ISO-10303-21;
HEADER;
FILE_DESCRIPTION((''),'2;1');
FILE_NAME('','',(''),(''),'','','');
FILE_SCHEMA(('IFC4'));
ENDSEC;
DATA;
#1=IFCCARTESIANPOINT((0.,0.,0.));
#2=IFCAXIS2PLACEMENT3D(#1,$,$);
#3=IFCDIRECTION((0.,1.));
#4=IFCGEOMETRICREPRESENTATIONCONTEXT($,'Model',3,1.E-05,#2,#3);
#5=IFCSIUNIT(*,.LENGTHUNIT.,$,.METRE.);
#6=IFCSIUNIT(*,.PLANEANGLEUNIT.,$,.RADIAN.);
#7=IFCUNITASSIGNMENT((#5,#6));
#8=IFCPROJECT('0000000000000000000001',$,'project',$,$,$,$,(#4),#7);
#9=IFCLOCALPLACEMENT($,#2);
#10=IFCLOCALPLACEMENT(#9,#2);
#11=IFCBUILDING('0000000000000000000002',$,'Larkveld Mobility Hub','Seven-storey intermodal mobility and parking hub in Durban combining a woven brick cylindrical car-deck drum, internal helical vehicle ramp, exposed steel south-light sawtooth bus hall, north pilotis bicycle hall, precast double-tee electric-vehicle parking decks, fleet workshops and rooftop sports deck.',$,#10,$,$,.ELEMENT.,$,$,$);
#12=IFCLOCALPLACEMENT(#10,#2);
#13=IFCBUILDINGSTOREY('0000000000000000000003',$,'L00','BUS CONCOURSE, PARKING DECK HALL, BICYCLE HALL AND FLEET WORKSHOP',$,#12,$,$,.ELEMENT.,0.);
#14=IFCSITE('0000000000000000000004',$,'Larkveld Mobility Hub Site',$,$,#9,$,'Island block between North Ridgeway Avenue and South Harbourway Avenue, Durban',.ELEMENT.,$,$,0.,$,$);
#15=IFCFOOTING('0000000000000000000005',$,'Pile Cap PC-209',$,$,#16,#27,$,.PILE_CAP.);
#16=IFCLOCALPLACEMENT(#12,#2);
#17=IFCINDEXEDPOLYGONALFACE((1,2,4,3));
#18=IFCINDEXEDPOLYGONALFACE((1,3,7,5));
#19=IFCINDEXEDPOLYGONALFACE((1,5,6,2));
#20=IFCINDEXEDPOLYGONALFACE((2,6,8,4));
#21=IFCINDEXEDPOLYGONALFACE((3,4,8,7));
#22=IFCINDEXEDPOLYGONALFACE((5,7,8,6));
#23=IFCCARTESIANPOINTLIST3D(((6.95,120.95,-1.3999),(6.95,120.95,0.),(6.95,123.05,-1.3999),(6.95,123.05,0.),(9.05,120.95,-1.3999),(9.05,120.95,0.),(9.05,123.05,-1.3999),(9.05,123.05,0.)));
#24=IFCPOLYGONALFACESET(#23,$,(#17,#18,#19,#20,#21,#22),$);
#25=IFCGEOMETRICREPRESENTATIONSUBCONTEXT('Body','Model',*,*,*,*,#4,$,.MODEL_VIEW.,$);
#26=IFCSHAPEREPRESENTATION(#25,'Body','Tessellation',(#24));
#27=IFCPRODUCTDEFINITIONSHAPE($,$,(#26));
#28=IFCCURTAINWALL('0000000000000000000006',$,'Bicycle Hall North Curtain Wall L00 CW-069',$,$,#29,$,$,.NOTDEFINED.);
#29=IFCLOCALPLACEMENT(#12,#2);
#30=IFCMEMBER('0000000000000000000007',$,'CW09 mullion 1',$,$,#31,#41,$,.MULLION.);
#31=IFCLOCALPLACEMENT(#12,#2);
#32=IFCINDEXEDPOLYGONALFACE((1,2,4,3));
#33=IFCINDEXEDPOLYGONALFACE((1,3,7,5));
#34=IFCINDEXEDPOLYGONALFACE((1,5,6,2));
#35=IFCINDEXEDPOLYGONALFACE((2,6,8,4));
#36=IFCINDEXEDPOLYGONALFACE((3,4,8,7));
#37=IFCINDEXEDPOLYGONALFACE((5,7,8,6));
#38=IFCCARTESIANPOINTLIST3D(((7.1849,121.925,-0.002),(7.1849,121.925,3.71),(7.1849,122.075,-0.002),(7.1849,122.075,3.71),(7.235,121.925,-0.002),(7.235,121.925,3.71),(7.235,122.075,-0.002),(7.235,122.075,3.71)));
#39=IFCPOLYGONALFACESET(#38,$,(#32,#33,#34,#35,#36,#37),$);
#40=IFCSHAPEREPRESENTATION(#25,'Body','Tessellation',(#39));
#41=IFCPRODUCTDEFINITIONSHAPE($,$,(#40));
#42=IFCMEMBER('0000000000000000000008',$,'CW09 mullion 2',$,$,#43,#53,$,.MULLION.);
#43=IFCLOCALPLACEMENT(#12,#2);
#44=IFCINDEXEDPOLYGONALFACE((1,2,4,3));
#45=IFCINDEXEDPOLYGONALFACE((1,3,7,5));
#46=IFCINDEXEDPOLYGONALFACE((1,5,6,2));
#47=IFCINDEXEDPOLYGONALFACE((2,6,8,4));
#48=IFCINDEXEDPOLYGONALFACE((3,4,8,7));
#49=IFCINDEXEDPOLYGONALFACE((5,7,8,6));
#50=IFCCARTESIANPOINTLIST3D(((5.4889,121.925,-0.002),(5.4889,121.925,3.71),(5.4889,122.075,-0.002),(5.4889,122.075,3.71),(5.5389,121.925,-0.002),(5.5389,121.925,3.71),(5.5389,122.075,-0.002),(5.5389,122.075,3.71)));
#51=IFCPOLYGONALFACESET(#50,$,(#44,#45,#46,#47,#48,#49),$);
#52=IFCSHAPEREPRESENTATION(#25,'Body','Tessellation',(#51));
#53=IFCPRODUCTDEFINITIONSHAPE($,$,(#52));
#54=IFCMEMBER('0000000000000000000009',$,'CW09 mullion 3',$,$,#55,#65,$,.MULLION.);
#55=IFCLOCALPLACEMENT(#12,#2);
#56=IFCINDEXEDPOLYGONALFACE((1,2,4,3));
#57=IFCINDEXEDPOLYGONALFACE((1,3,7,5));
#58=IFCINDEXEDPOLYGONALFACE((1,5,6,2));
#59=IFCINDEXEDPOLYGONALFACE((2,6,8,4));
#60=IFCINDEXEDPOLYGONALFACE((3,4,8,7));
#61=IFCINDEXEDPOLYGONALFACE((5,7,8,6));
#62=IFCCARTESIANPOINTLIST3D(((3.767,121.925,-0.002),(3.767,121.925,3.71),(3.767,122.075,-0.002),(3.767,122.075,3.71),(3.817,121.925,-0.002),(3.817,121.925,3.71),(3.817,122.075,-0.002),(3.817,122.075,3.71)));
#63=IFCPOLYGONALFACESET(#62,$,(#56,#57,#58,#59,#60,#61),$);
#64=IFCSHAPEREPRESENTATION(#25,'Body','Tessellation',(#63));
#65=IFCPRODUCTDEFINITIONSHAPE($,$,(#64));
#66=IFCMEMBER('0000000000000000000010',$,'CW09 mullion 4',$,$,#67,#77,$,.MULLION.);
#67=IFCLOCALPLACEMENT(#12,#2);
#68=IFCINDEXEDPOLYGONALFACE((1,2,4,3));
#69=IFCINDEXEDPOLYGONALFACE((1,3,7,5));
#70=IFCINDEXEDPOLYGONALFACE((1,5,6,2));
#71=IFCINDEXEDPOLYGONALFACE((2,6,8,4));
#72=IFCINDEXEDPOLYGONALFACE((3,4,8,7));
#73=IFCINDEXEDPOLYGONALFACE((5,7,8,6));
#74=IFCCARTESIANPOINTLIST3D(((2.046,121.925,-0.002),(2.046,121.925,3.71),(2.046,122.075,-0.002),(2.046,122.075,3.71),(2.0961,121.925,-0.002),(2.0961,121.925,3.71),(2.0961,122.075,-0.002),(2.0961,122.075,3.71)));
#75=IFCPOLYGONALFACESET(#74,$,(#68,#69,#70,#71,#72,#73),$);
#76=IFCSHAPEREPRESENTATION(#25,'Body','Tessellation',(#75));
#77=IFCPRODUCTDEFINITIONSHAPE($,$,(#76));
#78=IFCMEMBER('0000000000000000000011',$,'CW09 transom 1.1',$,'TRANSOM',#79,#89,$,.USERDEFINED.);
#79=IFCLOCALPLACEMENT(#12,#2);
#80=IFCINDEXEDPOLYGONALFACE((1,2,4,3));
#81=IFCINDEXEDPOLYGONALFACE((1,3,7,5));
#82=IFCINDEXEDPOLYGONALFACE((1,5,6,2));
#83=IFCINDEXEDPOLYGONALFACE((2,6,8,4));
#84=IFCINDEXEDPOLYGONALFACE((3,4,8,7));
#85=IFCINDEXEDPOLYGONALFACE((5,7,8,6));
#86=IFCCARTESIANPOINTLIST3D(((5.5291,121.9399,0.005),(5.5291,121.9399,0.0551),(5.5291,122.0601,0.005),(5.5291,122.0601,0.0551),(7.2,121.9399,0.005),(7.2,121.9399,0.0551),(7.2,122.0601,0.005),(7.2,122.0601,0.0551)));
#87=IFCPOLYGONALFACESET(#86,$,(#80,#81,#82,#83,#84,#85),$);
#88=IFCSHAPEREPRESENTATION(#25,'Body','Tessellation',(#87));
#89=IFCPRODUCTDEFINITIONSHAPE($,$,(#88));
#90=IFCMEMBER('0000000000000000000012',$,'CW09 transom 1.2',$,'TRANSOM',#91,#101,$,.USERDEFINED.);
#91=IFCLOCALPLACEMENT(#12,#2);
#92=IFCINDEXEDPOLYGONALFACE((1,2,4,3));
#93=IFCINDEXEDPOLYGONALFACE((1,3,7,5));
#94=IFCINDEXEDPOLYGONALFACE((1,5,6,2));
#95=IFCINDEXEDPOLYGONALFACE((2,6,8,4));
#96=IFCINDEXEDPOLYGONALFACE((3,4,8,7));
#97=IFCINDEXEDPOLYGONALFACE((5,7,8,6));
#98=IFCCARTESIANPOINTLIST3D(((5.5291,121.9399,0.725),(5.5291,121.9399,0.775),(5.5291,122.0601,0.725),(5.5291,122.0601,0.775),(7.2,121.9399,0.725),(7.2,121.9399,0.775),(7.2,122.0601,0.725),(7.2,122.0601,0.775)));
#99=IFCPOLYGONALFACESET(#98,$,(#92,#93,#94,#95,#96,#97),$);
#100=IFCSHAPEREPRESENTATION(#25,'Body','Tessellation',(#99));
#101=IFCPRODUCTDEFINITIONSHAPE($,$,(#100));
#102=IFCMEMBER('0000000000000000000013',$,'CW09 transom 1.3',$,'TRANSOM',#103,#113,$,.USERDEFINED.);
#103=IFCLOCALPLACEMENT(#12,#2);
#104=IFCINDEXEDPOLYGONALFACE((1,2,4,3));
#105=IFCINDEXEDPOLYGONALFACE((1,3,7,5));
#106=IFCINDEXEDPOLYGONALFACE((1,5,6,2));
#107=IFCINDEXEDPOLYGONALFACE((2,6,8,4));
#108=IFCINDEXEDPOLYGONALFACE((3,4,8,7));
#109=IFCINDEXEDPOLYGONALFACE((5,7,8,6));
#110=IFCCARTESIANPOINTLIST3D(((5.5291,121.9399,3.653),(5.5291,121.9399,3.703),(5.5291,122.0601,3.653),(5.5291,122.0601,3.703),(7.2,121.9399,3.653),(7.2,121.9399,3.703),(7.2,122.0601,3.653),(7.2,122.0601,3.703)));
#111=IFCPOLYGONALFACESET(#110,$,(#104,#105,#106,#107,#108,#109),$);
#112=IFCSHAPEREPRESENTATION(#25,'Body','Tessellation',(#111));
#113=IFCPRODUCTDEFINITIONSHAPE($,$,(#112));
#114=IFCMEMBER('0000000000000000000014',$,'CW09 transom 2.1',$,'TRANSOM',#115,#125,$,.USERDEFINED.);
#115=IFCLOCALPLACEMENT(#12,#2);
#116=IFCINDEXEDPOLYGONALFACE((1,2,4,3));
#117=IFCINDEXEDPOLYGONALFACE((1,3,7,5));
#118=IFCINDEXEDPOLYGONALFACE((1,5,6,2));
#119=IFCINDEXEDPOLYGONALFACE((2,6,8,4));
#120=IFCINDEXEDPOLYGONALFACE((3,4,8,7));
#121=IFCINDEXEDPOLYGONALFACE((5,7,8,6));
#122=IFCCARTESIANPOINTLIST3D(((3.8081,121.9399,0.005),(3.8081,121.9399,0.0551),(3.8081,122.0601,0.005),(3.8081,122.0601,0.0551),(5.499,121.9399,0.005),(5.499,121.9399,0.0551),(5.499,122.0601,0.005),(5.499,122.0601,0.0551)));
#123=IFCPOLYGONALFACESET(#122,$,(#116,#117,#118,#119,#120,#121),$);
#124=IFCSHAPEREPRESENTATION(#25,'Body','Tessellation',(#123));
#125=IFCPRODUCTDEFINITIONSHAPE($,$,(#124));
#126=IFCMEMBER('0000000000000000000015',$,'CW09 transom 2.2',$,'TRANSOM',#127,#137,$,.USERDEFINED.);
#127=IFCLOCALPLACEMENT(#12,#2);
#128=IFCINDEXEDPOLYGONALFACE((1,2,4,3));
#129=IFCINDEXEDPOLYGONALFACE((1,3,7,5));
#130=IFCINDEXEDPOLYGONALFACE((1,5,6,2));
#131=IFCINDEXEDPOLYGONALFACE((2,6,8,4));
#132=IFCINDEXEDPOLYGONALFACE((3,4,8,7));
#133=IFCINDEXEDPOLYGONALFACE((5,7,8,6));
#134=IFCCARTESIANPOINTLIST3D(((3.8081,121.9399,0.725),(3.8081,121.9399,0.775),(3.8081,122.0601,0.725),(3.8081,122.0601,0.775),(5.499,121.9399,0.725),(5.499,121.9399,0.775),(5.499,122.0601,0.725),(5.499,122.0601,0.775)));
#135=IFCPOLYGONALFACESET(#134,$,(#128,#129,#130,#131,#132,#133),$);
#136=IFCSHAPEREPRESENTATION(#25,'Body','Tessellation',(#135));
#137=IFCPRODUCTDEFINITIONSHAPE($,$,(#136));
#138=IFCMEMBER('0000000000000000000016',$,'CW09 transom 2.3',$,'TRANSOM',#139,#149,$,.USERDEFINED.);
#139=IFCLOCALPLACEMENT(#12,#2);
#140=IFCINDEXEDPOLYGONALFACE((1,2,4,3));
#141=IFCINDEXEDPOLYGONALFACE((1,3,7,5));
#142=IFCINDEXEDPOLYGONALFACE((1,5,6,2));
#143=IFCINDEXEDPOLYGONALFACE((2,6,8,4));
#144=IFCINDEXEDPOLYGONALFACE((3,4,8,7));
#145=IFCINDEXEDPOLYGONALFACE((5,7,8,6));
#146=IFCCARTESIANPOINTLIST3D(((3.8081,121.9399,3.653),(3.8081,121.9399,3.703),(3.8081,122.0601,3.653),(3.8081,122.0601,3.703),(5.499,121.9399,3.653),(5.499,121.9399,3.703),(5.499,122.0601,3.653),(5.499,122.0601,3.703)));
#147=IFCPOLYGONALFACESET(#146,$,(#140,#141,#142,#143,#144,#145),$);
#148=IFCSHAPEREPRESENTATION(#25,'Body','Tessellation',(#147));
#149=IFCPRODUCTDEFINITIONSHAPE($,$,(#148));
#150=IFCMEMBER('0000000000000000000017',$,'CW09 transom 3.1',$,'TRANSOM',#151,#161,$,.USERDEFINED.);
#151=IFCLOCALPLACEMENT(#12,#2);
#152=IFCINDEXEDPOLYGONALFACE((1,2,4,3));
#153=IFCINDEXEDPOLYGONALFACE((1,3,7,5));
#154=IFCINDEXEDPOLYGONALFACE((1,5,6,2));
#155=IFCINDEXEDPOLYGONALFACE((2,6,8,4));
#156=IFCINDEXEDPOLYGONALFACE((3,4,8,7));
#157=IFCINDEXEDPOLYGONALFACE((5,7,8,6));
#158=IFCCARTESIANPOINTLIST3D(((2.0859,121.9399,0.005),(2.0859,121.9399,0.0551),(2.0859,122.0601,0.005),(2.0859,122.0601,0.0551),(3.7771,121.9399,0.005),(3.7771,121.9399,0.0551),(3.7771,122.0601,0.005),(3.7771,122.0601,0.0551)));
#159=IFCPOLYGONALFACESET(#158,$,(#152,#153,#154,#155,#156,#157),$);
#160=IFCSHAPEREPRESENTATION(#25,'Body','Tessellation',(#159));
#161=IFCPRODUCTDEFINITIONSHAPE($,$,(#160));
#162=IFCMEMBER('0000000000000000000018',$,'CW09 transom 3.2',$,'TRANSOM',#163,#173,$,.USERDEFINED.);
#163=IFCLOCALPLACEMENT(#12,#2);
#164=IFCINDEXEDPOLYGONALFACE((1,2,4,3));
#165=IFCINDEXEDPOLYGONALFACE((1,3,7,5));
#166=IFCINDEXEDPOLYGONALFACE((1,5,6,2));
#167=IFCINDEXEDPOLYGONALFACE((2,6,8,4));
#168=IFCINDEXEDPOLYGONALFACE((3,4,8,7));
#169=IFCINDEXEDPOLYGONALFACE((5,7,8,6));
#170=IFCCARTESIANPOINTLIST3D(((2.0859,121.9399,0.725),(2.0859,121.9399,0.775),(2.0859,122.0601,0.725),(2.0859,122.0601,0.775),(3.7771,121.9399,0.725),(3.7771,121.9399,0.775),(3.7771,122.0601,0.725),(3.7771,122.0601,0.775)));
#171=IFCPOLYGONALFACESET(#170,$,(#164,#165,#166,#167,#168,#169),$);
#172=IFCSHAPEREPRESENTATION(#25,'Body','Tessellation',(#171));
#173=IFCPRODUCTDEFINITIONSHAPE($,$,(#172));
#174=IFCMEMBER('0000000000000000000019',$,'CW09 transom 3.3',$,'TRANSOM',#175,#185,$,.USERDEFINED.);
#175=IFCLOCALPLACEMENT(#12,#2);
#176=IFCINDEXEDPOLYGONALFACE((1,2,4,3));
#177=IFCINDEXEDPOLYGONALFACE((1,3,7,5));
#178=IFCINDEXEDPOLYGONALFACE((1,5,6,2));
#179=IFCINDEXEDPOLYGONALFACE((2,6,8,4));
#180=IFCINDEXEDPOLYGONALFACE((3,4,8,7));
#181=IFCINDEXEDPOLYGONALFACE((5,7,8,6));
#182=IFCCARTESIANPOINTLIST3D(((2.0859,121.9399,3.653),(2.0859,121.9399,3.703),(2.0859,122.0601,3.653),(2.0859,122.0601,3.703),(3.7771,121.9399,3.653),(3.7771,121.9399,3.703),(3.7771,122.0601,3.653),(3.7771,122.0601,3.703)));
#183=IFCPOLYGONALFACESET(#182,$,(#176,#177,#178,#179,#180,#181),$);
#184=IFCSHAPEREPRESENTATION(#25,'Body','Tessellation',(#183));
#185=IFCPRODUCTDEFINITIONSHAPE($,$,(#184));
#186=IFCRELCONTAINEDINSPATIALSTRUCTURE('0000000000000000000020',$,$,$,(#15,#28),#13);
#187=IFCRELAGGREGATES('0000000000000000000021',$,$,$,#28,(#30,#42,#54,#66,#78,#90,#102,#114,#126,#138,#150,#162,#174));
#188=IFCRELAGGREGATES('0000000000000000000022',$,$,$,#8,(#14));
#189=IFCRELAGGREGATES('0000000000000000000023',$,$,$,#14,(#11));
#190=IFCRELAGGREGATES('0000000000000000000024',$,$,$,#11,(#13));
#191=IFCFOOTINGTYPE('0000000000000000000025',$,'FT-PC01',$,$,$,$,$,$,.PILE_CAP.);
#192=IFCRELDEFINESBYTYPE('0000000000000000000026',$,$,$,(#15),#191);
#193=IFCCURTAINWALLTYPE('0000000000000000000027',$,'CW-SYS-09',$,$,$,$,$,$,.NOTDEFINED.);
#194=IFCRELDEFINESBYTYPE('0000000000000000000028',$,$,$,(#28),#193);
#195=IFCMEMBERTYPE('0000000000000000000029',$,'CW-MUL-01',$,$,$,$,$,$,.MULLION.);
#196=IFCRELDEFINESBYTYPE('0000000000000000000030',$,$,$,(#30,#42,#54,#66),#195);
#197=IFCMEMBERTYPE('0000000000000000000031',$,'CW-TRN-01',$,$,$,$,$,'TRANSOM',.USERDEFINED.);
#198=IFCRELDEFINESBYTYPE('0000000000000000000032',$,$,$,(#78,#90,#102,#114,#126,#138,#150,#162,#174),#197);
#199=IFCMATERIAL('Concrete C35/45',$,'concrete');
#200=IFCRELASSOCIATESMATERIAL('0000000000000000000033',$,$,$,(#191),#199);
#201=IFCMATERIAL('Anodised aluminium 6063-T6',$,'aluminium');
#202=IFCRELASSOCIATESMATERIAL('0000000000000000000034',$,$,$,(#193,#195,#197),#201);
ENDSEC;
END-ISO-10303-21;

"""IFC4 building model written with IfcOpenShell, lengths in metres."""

from ifc_helpers import new_model, si_unit, direction, frame, origin, origin_2d, place, context, subcontext, project, spatial, rectangle, extrude, material, material_profile, profile_set, type_object, element, aggregate, save


model = new_model("IFC4")

# Units and contexts
model_context = context("Model", 3, precision=1e-05, world=origin(), true_north=direction((0.0, 1.0)))
body_context = subcontext(model_context, "Body", "Model", "MODEL_VIEW")
ifc_project = project(units=[si_unit("LENGTHUNIT", "METRE"), si_unit("PLANEANGLEUNIT", "RADIAN")], contexts=[model_context])

# Site, building, storey
site_placement = place(None, origin())
site = spatial("IfcSite", under=ifc_project, at=site_placement, Name="Larkveld Mobility Hub Site", LongName="Island block between North Ridgeway Avenue and South Harbourway Avenue, Durban", CompositionType="ELEMENT", RefElevation=0.0)
building_placement = place(site_placement, origin())
building = spatial("IfcBuilding", under=site, at=building_placement, Name="Larkveld Mobility Hub", Description="Seven-storey intermodal mobility and parking hub in Durban combining a woven brick cylindrical car-deck drum, internal helical vehicle ramp, exposed steel south-light sawtooth bus hall, north pilotis bicycle hall, precast double-tee electric-vehicle parking decks, fleet workshops and rooftop sports deck.", CompositionType="ELEMENT")
storey_placement = place(building_placement, origin())
storey = spatial("IfcBuildingStorey", under=building, at=storey_placement, Name="L00", Description="BUS CONCOURSE, PARKING DECK HALL, BICYCLE HALL AND FLEET WORKSHOP", CompositionType="ELEMENT", Elevation=0.0)

# Footing
ifc_material_1 = material(Name="Concrete C35/45", Category="concrete")
footing_type = type_object("IfcFootingType", Name="FT-PC01", PredefinedType="PILE_CAP", material=ifc_material_1)
footing_placement = place(storey_placement, frame((8.0, 122.0, -1.3999), z_axis=(0.0, 0.0, 1.0), x_axis=(1.0, 0.0, 0.0)))
element("IfcFooting", 1, at=footing_placement, inside=storey, type_object=footing_type, Name="Pile Cap PC-209", PredefinedType="PILE_CAP", context=body_context, shape_type="SweptSolid", body=[
    extrude(rectangle(XDim=2.1001, YDim=2.1001, at=origin_2d()), origin(), (0.0, 0.0, 1.0), 1.3999),
])

# Curtain wall, members
ifc_material_2 = material(Name="Anodised aluminium 6063-T6", Category="aluminium")
curtain_wall_type = type_object("IfcCurtainWallType", Name="CW-SYS-09", PredefinedType="NOTDEFINED", material=ifc_material_2)
curtain_wall_placement = place(storey_placement, origin())
curtain_wall = element("IfcCurtainWall", 2, at=curtain_wall_placement, inside=storey, type_object=curtain_wall_type, Name="Bicycle Hall North Curtain Wall L00 CW-069", PredefinedType="NOTDEFINED")
ifc_material_profile_1 = material_profile(ifc_material_2, rectangle(XDim=0.05, YDim=0.1499, at=origin_2d()), Name="ALU MULL 50x150")
ifc_profile_set_1 = profile_set([ifc_material_profile_1], Name="Anodised aluminium 6063-T6")
member_type_1 = type_object("IfcMemberType", Name="CW-MUL-01", PredefinedType="MULLION", material=ifc_profile_set_1)
member_1_placement = place(storey_placement, frame((7.21, 122.0, -0.002), z_axis=(0.0, 0.0, 1.0), x_axis=(-1.0, 0.0, 0.0)))
member_1 = element("IfcMember", 3, at=member_1_placement, type_object=member_type_1, Name="CW09 mullion 1", PredefinedType="MULLION", context=body_context, shape_type="SweptSolid", body=[
    extrude(rectangle(XDim=0.05, YDim=0.1499, at=origin_2d()), origin(), (0.0, 0.0, 1.0), 3.7119),
])
member_2_placement = place(storey_placement, frame((5.5139, 122.0, -0.002), z_axis=(0.0, 0.0, 1.0), x_axis=(-1.0, 0.0, 0.0)))
member_2 = element("IfcMember", 4, at=member_2_placement, type_object=member_type_1, Name="CW09 mullion 2", PredefinedType="MULLION", context=body_context, shape_type="SweptSolid", body=[
    extrude(rectangle(XDim=0.05, YDim=0.1499, at=origin_2d()), origin(), (0.0, 0.0, 1.0), 3.7119),
])
member_3_placement = place(storey_placement, frame((3.792, 122.0, -0.002), z_axis=(0.0, 0.0, 1.0), x_axis=(-1.0, 0.0, 0.0)))
member_3 = element("IfcMember", 5, at=member_3_placement, type_object=member_type_1, Name="CW09 mullion 3", PredefinedType="MULLION", context=body_context, shape_type="SweptSolid", body=[
    extrude(rectangle(XDim=0.05, YDim=0.1499, at=origin_2d()), origin(), (0.0, 0.0, 1.0), 3.7119),
])
member_4_placement = place(storey_placement, frame((2.071, 122.0, -0.002), z_axis=(0.0, 0.0, 1.0), x_axis=(-1.0, 0.0, 0.0)))
member_4 = element("IfcMember", 6, at=member_4_placement, type_object=member_type_1, Name="CW09 mullion 4", PredefinedType="MULLION", context=body_context, shape_type="SweptSolid", body=[
    extrude(rectangle(XDim=0.05, YDim=0.1499, at=origin_2d()), origin(), (0.0, 0.0, 1.0), 3.7119),
])
ifc_material_profile_2 = material_profile(ifc_material_2, rectangle(XDim=0.1201, YDim=0.05, at=origin_2d()), Name="ALU TRAN 50x120")
ifc_profile_set_2 = profile_set([ifc_material_profile_2], Name="Anodised aluminium 6063-T6")
member_type_2 = type_object("IfcMemberType", Name="CW-TRN-01", ElementType="TRANSOM", PredefinedType="USERDEFINED", material=ifc_profile_set_2)
member_5_placement = place(storey_placement, frame((7.2, 122.0, 0.03), z_axis=(-1.0, 0.0, 0.0), x_axis=(0.0, -1.0, 0.0)))
member_5 = element("IfcMember", 7, at=member_5_placement, type_object=member_type_2, Name="CW09 transom 1.1", ObjectType="TRANSOM", PredefinedType="USERDEFINED", context=body_context, shape_type="SweptSolid", body=[
    extrude(rectangle(XDim=0.1201, YDim=0.05, at=origin_2d()), origin(), (0.0, 0.0, 1.0), 1.6709),
])
member_6_placement = place(storey_placement, frame((7.2, 122.0, 0.75), z_axis=(-1.0, 0.0, 0.0), x_axis=(0.0, -1.0, 0.0)))
member_6 = element("IfcMember", 8, at=member_6_placement, type_object=member_type_2, Name="CW09 transom 1.2", ObjectType="TRANSOM", PredefinedType="USERDEFINED", context=body_context, shape_type="SweptSolid", body=[
    extrude(rectangle(XDim=0.1201, YDim=0.05, at=origin_2d()), origin(), (0.0, 0.0, 1.0), 1.6709),
])
member_7_placement = place(storey_placement, frame((7.2, 122.0, 3.678), z_axis=(-1.0, 0.0, 0.0), x_axis=(0.0, -1.0, 0.0)))
member_7 = element("IfcMember", 9, at=member_7_placement, type_object=member_type_2, Name="CW09 transom 1.3", ObjectType="TRANSOM", PredefinedType="USERDEFINED", context=body_context, shape_type="SweptSolid", body=[
    extrude(rectangle(XDim=0.1201, YDim=0.05, at=origin_2d()), origin(), (0.0, 0.0, 1.0), 1.6709),
])
member_8_placement = place(storey_placement, frame((5.499, 122.0, 0.03), z_axis=(-1.0, 0.0, 0.0), x_axis=(0.0, -1.0, 0.0)))
member_8 = element("IfcMember", 10, at=member_8_placement, type_object=member_type_2, Name="CW09 transom 2.1", ObjectType="TRANSOM", PredefinedType="USERDEFINED", context=body_context, shape_type="SweptSolid", body=[
    extrude(rectangle(XDim=0.1201, YDim=0.05, at=origin_2d()), origin(), (0.0, 0.0, 1.0), 1.6909),
])
member_9_placement = place(storey_placement, frame((5.499, 122.0, 0.75), z_axis=(-1.0, 0.0, 0.0), x_axis=(0.0, -1.0, 0.0)))
member_9 = element("IfcMember", 11, at=member_9_placement, type_object=member_type_2, Name="CW09 transom 2.2", ObjectType="TRANSOM", PredefinedType="USERDEFINED", context=body_context, shape_type="SweptSolid", body=[
    extrude(rectangle(XDim=0.1201, YDim=0.05, at=origin_2d()), origin(), (0.0, 0.0, 1.0), 1.6909),
])
member_10_placement = place(storey_placement, frame((5.499, 122.0, 3.678), z_axis=(-1.0, 0.0, 0.0), x_axis=(0.0, -1.0, 0.0)))
member_10 = element("IfcMember", 12, at=member_10_placement, type_object=member_type_2, Name="CW09 transom 2.3", ObjectType="TRANSOM", PredefinedType="USERDEFINED", context=body_context, shape_type="SweptSolid", body=[
    extrude(rectangle(XDim=0.1201, YDim=0.05, at=origin_2d()), origin(), (0.0, 0.0, 1.0), 1.6909),
])
member_11_placement = place(storey_placement, frame((3.7771, 122.0, 0.03), z_axis=(-1.0, 0.0, 0.0), x_axis=(0.0, -1.0, 0.0)))
member_11 = element("IfcMember", 13, at=member_11_placement, type_object=member_type_2, Name="CW09 transom 3.1", ObjectType="TRANSOM", PredefinedType="USERDEFINED", context=body_context, shape_type="SweptSolid", body=[
    extrude(rectangle(XDim=0.1201, YDim=0.05, at=origin_2d()), origin(), (0.0, 0.0, 1.0), 1.6912),
])
member_12_placement = place(storey_placement, frame((3.7771, 122.0, 0.75), z_axis=(-1.0, 0.0, 0.0), x_axis=(0.0, -1.0, 0.0)))
member_12 = element("IfcMember", 14, at=member_12_placement, type_object=member_type_2, Name="CW09 transom 3.2", ObjectType="TRANSOM", PredefinedType="USERDEFINED", context=body_context, shape_type="SweptSolid", body=[
    extrude(rectangle(XDim=0.1201, YDim=0.05, at=origin_2d()), origin(), (0.0, 0.0, 1.0), 1.6912),
])
member_13_placement = place(storey_placement, frame((3.7771, 122.0, 3.678), z_axis=(-1.0, 0.0, 0.0), x_axis=(0.0, -1.0, 0.0)))
member_13 = element("IfcMember", 15, at=member_13_placement, type_object=member_type_2, Name="CW09 transom 3.3", ObjectType="TRANSOM", PredefinedType="USERDEFINED", context=body_context, shape_type="SweptSolid", body=[
    extrude(rectangle(XDim=0.1201, YDim=0.05, at=origin_2d()), origin(), (0.0, 0.0, 1.0), 1.6912),
])
aggregate(curtain_wall, [member_1, member_2, member_3, member_4, member_5, member_6, member_7, member_8, member_9, member_10, member_11, member_12, member_13])

save(model, "model.ifc")
